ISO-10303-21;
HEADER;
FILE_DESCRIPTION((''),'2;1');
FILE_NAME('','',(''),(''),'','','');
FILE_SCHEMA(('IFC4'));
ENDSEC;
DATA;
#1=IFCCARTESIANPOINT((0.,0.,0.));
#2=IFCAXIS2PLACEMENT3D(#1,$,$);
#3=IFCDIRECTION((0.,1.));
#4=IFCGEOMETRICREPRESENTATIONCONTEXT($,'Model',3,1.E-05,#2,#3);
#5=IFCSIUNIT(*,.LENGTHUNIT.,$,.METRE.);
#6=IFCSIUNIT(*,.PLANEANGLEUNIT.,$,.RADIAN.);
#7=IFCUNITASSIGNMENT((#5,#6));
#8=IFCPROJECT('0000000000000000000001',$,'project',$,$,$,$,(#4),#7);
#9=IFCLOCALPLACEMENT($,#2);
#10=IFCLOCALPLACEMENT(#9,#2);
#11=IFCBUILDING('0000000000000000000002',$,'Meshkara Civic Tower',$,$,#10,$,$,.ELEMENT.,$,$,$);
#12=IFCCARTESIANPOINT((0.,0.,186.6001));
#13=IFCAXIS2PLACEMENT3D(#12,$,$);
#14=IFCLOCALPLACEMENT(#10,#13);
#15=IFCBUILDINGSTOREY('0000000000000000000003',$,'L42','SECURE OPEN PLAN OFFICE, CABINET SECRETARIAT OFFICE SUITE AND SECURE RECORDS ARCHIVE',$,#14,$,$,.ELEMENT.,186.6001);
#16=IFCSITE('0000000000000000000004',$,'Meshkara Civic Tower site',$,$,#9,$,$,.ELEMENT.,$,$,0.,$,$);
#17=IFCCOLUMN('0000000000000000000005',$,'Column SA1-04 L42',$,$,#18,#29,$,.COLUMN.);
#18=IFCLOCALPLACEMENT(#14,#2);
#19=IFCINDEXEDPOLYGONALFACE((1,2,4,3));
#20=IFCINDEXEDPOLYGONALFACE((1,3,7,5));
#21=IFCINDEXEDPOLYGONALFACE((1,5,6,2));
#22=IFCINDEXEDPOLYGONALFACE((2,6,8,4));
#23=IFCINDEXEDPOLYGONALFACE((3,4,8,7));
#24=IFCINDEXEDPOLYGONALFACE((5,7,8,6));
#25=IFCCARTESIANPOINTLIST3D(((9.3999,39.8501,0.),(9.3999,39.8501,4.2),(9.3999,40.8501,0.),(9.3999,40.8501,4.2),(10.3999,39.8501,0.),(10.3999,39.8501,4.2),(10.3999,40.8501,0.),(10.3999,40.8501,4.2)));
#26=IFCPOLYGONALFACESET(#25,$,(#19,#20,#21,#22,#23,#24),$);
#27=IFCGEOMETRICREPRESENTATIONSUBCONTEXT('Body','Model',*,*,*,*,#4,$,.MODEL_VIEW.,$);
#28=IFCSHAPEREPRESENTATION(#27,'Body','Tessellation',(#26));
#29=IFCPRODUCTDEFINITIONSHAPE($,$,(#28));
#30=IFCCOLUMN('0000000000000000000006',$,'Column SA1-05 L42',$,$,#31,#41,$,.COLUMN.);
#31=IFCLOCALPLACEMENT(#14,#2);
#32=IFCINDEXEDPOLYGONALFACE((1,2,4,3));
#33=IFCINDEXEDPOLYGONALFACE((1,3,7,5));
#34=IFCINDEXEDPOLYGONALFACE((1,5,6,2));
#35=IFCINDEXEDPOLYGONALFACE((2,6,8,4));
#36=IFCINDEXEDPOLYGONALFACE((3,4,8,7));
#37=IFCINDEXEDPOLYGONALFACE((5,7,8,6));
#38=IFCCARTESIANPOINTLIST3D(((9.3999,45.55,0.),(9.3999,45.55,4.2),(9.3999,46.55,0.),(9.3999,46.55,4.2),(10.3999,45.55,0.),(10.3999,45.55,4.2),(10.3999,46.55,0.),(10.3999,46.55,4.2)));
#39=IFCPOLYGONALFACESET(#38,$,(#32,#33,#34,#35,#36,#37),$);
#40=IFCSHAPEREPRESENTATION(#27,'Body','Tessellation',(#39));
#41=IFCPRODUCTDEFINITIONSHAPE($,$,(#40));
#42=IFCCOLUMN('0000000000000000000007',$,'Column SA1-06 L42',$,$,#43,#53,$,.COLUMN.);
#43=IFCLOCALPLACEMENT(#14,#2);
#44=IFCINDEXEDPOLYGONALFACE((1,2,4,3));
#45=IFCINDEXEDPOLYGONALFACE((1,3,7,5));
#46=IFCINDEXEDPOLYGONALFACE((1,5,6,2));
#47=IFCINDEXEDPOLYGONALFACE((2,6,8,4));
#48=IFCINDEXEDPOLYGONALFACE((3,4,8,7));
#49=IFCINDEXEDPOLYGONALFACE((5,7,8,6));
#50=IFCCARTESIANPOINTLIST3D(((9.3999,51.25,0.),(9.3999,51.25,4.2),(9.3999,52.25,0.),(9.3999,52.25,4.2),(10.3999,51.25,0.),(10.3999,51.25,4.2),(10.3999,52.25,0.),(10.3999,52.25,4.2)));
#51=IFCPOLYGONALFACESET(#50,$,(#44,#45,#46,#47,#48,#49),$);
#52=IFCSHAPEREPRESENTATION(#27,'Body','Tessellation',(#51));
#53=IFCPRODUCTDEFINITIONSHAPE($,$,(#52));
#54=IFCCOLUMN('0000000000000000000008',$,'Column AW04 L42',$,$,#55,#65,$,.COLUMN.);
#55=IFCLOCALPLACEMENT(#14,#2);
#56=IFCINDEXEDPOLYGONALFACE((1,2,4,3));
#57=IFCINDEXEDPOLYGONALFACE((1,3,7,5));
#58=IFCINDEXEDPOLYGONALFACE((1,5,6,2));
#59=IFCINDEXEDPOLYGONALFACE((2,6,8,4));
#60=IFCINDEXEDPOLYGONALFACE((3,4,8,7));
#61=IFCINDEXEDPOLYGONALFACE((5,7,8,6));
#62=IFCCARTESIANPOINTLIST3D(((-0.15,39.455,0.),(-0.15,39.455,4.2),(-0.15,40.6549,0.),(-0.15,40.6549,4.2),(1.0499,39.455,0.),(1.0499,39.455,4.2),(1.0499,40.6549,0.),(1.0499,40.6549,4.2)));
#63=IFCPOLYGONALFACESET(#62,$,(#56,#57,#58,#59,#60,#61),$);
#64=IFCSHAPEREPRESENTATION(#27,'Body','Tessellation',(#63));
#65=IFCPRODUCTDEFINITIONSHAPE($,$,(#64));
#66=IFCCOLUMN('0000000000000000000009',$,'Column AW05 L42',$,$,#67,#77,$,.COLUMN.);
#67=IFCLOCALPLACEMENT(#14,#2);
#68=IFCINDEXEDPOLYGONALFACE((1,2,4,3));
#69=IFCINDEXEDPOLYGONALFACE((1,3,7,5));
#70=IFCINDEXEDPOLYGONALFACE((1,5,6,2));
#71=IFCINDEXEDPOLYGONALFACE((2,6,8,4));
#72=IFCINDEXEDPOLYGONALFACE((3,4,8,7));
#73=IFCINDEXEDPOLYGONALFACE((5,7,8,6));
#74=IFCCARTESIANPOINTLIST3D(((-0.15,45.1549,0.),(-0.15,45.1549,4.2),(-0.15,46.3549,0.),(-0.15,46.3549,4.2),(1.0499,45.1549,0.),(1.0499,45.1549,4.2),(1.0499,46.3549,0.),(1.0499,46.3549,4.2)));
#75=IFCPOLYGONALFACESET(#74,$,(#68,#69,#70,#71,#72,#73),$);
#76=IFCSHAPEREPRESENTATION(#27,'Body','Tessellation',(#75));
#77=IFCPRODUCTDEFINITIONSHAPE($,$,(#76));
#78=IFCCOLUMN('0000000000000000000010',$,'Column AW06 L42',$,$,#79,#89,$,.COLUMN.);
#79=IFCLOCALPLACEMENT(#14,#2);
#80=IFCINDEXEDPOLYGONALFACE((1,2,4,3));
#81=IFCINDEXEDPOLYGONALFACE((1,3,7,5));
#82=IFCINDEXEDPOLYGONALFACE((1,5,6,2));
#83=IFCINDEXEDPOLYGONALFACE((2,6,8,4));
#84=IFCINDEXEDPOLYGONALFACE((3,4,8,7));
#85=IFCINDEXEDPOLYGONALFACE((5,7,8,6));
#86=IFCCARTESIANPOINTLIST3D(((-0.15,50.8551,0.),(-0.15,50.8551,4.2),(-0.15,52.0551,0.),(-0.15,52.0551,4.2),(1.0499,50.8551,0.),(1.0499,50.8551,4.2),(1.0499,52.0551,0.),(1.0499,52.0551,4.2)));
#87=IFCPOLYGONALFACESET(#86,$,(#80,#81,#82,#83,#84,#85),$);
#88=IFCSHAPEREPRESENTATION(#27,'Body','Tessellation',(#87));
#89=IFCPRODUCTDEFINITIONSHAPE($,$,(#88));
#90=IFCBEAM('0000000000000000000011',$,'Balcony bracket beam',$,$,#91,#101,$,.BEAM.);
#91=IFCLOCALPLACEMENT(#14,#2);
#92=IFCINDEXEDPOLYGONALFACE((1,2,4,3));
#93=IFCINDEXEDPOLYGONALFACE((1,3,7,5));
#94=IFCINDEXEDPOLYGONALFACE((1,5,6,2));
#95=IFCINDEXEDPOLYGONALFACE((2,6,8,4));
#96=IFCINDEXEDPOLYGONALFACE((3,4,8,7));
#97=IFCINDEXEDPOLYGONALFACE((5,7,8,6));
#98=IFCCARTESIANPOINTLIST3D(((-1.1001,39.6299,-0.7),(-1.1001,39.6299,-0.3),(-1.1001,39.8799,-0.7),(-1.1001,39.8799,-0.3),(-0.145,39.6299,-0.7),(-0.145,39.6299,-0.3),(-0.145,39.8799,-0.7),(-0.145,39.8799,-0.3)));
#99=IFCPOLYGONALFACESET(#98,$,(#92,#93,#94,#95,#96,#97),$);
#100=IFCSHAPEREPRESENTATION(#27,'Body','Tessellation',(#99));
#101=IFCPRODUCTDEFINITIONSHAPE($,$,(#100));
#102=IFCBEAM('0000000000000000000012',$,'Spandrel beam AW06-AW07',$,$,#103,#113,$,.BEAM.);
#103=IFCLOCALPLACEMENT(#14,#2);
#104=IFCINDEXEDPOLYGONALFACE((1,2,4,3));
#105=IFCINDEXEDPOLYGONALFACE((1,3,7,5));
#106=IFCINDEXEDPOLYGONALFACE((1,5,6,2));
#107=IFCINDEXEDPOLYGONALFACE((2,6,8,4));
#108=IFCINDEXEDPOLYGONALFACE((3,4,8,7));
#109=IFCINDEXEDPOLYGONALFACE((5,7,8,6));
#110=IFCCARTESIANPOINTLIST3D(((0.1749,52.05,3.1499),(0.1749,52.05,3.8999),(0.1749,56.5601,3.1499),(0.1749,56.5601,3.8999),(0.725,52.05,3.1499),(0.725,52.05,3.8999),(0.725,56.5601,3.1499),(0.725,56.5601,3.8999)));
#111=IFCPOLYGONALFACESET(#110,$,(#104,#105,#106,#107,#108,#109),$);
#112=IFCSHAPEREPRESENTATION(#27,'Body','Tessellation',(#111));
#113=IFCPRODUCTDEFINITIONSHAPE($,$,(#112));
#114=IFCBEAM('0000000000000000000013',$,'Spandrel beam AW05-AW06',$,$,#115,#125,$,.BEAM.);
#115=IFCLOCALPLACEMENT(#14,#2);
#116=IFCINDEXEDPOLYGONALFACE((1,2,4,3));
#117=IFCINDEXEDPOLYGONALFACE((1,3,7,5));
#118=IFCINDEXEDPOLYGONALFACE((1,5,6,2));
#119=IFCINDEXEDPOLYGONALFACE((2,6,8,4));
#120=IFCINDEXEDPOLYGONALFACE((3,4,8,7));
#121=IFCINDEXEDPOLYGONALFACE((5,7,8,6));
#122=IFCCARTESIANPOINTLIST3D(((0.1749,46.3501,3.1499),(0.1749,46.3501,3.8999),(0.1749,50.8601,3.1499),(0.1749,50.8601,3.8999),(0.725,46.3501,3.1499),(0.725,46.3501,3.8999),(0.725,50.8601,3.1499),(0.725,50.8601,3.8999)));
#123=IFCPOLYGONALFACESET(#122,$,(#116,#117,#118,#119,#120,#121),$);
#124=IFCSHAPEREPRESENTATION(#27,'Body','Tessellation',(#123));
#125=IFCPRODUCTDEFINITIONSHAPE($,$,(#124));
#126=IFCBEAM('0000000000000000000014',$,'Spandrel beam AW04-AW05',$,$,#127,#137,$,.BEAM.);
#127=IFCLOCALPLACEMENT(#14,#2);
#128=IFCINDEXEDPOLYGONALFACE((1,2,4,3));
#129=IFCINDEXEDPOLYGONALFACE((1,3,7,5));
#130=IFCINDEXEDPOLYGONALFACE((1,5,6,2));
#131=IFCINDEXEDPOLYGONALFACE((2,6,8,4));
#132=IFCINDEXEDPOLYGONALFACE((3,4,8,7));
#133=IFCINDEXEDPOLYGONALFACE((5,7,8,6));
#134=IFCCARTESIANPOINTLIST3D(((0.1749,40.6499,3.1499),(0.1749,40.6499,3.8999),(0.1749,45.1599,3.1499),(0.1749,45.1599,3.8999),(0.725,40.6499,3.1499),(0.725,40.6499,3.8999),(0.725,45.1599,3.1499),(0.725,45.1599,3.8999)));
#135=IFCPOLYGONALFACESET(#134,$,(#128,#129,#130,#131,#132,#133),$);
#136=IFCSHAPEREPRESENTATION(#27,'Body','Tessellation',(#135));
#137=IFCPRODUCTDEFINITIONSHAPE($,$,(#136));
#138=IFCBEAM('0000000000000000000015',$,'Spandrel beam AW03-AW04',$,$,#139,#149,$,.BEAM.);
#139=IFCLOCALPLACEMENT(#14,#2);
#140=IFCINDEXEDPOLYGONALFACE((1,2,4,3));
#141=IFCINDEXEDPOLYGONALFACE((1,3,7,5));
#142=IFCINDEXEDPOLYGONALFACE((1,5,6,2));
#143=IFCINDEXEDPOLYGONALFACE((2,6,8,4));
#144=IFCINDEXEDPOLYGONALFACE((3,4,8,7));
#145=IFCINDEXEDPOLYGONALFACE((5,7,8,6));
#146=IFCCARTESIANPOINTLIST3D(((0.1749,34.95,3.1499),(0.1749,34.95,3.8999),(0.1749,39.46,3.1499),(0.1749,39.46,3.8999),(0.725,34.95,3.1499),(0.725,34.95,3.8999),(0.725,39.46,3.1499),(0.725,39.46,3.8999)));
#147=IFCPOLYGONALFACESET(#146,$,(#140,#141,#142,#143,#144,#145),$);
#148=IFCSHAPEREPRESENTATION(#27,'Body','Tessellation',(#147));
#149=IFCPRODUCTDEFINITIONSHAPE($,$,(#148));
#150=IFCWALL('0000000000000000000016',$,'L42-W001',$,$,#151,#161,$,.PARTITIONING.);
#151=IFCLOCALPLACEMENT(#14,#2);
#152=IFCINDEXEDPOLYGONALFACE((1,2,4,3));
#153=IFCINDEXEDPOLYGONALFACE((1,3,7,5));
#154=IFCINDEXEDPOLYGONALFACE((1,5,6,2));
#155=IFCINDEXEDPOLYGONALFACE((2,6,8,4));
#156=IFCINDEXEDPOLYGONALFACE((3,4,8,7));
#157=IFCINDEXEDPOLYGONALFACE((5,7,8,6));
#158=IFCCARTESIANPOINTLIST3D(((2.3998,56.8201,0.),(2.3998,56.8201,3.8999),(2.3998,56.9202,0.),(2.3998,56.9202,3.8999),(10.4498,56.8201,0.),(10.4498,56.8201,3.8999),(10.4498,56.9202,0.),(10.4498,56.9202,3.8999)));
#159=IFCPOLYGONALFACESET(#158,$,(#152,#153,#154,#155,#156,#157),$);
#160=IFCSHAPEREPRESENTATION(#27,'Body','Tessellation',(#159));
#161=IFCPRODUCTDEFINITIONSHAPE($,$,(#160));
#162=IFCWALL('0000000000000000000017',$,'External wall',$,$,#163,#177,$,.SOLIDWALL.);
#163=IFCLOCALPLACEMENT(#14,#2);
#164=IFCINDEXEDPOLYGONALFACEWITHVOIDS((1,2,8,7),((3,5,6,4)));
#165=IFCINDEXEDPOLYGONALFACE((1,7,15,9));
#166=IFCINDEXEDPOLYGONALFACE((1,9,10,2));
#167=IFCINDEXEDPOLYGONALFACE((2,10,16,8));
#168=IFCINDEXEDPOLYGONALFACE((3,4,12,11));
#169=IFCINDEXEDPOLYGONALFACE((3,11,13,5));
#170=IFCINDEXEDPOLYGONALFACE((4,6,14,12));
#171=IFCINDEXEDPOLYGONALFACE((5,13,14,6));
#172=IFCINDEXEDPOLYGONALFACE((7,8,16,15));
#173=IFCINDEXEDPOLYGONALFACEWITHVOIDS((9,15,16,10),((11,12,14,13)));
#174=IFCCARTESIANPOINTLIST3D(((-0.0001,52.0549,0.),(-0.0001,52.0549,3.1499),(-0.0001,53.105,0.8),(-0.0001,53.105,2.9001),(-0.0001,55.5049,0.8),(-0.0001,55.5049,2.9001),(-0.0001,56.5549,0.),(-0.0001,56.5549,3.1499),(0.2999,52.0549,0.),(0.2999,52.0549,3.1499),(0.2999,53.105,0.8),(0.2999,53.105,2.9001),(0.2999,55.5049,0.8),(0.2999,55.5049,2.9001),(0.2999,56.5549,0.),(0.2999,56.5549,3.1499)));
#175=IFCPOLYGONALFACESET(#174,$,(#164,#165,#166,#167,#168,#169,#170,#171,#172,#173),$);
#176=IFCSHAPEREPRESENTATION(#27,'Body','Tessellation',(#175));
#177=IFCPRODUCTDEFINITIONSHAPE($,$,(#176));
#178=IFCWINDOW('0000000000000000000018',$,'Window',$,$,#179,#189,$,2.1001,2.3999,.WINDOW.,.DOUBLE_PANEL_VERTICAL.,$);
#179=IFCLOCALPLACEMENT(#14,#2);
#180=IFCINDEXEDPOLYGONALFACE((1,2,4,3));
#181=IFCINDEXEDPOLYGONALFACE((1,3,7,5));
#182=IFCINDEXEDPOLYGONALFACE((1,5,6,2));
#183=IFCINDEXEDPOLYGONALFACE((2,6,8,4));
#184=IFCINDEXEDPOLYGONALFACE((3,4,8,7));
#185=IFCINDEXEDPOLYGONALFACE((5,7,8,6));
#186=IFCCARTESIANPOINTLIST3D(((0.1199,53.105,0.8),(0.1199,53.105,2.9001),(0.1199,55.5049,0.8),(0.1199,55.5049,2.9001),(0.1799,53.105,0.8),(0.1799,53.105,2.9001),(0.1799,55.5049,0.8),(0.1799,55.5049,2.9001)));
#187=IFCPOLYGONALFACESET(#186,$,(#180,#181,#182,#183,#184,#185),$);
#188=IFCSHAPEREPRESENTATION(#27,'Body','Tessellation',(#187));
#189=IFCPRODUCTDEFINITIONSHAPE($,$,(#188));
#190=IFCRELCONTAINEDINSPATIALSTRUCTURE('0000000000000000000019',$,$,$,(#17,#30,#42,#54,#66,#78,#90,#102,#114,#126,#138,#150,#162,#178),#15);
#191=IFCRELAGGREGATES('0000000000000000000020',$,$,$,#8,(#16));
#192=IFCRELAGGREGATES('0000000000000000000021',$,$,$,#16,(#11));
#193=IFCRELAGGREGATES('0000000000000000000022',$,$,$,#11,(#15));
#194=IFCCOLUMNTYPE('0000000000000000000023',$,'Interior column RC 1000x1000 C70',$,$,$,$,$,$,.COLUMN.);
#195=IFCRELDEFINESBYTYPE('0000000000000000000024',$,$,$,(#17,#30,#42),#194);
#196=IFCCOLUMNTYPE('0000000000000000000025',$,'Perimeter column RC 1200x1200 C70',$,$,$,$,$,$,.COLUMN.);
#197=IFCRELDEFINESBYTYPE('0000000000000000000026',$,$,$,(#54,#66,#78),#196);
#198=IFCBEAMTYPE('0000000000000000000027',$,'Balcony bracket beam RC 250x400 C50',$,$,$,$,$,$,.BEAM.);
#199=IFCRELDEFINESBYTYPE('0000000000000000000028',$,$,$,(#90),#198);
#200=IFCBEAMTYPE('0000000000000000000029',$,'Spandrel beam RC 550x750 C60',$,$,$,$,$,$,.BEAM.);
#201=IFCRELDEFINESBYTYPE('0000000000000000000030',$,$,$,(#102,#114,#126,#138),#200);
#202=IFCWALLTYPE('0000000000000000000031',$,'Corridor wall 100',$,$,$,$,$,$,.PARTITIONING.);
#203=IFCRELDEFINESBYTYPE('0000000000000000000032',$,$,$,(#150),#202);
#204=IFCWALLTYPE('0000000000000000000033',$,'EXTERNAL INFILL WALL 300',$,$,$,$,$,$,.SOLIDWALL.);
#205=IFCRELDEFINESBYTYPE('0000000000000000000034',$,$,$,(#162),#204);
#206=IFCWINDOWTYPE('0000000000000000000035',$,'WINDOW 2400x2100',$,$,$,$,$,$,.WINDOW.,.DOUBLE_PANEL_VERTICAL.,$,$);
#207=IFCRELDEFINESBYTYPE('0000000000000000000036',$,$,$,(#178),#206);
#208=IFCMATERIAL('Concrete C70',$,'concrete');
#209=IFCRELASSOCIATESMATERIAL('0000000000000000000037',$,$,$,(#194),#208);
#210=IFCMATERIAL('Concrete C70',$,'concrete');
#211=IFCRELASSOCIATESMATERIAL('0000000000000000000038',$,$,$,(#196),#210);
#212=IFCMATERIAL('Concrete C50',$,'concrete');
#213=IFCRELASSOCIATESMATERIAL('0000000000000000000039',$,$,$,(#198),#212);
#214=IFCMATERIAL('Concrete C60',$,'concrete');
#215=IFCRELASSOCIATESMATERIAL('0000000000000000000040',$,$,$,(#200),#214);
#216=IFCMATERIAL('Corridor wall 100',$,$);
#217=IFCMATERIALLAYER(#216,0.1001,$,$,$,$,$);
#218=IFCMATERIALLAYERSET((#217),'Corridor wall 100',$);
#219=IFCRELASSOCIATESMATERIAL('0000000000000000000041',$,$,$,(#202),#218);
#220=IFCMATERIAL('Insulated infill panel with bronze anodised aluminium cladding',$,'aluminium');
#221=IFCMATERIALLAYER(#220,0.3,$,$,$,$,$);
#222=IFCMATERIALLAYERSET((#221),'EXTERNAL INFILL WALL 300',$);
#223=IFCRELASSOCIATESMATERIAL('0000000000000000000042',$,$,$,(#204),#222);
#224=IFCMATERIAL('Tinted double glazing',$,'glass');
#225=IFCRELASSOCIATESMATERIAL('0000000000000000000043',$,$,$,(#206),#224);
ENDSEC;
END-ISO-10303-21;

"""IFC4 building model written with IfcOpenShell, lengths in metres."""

from ifc_helpers import new_model, si_unit, direction, frame, frame_2d, origin, origin_2d, place, context, subcontext, project, spatial, rectangle, extrude, material, layer, layer_set, material_profile, profile_set, type_object, element, fill, save


model = new_model("IFC4")

# Units and contexts
model_context = context("Model", 3, precision=1e-05, world=origin(), true_north=direction((0.0, 1.0)))
body_context = subcontext(model_context, "Body", "Model", "MODEL_VIEW")
ifc_project = project(units=[si_unit("LENGTHUNIT", "METRE"), si_unit("PLANEANGLEUNIT", "RADIAN")], contexts=[model_context])

# Site, building, storey
site_placement = place(None, origin())
site = spatial("IfcSite", under=ifc_project, at=site_placement, Name="Meshkara Civic Tower site", CompositionType="ELEMENT", RefElevation=0.0)
building_placement = place(site_placement, origin())
building = spatial("IfcBuilding", under=site, at=building_placement, Name="Meshkara Civic Tower", CompositionType="ELEMENT")
storey_placement = place(building_placement, frame((0.0, 0.0, 186.6001)))
storey = spatial("IfcBuildingStorey", under=building, at=storey_placement, Name="L42", Description="SECURE OPEN PLAN OFFICE, CABINET SECRETARIAT OFFICE SUITE AND SECURE RECORDS ARCHIVE", CompositionType="ELEMENT", Elevation=186.6001)

# Columns
ifc_material_1 = material(Name="Concrete C70", Category="concrete")
ifc_material_profile_1 = material_profile(ifc_material_1, rectangle(XDim=1.0, YDim=1.0, at=origin_2d()))
ifc_profile_set_1 = profile_set([ifc_material_profile_1], Name="Concrete C70")
column_type_1 = type_object("IfcColumnType", Name="Interior column RC 1000x1000 C70", PredefinedType="COLUMN", material=ifc_profile_set_1)
for number, where, z_axis, x_axis, name in (
    (1, (9.8999, 40.3501, 0.0), (0.0, 0.0, 1.0), (1.0, 0.0, 0.0), "Column SA1-04 L42"),
    (2, (9.8999, 46.05, 0.0), (0.0, 0.0, 1.0), (1.0, 0.0, 0.0), "Column SA1-05 L42"),
    (3, (9.8999, 51.75, 0.0), (0.0, 0.0, 1.0), (1.0, 0.0, 0.0), "Column SA1-06 L42"),
):
    element("IfcColumn", number, at=place(storey_placement, frame(where, z_axis=z_axis, x_axis=x_axis)), inside=storey, type_object=column_type_1, Name=name, PredefinedType="COLUMN", context=body_context, shape_type="SweptSolid", body=[
        extrude(rectangle(XDim=1.0, YDim=1.0, at=origin_2d()), origin(), (0.0, 0.0, 1.0), 4.2),
    ])
ifc_material_2 = material(Name="Concrete C70", Category="concrete")
ifc_material_profile_2 = material_profile(ifc_material_2, rectangle(XDim=1.2, YDim=1.2, at=origin_2d()))
ifc_profile_set_2 = profile_set([ifc_material_profile_2], Name="Concrete C70")
column_type_2 = type_object("IfcColumnType", Name="Perimeter column RC 1200x1200 C70", PredefinedType="COLUMN", material=ifc_profile_set_2)
for number, where, z_axis, x_axis, name in (
    (4, (0.45, 40.0549, 0.0), (0.0, 0.0, 1.0), (1.0, 0.0, 0.0), "Column AW04 L42"),
    (5, (0.45, 45.7549, 0.0), (0.0, 0.0, 1.0), (1.0, 0.0, 0.0), "Column AW05 L42"),
    (6, (0.45, 51.4551, 0.0), (0.0, 0.0, 1.0), (1.0, 0.0, 0.0), "Column AW06 L42"),
):
    element("IfcColumn", number, at=place(storey_placement, frame(where, z_axis=z_axis, x_axis=x_axis)), inside=storey, type_object=column_type_2, Name=name, PredefinedType="COLUMN", context=body_context, shape_type="SweptSolid", body=[
        extrude(rectangle(XDim=1.2, YDim=1.2, at=origin_2d()), origin(), (0.0, 0.0, 1.0), 4.2),
    ])

# Beams
ifc_material_3 = material(Name="Concrete C50", Category="concrete")
ifc_material_profile_3 = material_profile(ifc_material_3, rectangle(XDim=0.25, YDim=0.3999, at=origin_2d()))
ifc_profile_set_3 = profile_set([ifc_material_profile_3], Name="Concrete C50")
beam_type_1 = type_object("IfcBeamType", Name="Balcony bracket beam RC 250x400 C50", PredefinedType="BEAM", material=ifc_profile_set_3)
beam_placement = place(storey_placement, frame((-0.145, 39.7549, -0.5), z_axis=(-1.0, 0.0, 0.0), x_axis=(0.0, -1.0, 0.0)))
element("IfcBeam", 7, at=beam_placement, inside=storey, type_object=beam_type_1, Name="Balcony bracket beam", PredefinedType="BEAM", context=body_context, shape_type="SweptSolid", body=[
    extrude(rectangle(XDim=0.25, YDim=0.3999, at=origin_2d()), origin(), (0.0, 0.0, 1.0), 0.9551),
])
ifc_material_4 = material(Name="Concrete C60", Category="concrete")
ifc_material_profile_4 = material_profile(ifc_material_4, rectangle(XDim=0.55, YDim=0.75, at=origin_2d()))
ifc_profile_set_4 = profile_set([ifc_material_profile_4], Name="Concrete C60")
beam_type_2 = type_object("IfcBeamType", Name="Spandrel beam RC 550x750 C60", PredefinedType="BEAM", material=ifc_profile_set_4)
for number, where, z_axis, x_axis, name in (
    (8, (0.45, 56.5601, 3.5249), (0.0, -1.0, 0.0), (1.0, 0.0, 0.0), "Spandrel beam AW06-AW07"),
    (9, (0.45, 50.8601, 3.5249), (0.0, -1.0, 0.0), (1.0, 0.0, 0.0), "Spandrel beam AW05-AW06"),
    (10, (0.45, 45.1599, 3.5249), (0.0, -1.0, 0.0), (1.0, 0.0, 0.0), "Spandrel beam AW04-AW05"),
    (11, (0.45, 39.46, 3.5249), (0.0, -1.0, 0.0), (1.0, 0.0, 0.0), "Spandrel beam AW03-AW04"),
):
    element("IfcBeam", number, at=place(storey_placement, frame(where, z_axis=z_axis, x_axis=x_axis)), inside=storey, type_object=beam_type_2, Name=name, PredefinedType="BEAM", context=body_context, shape_type="SweptSolid", body=[
        extrude(rectangle(XDim=0.55, YDim=0.75, at=origin_2d()), origin(), (0.0, 0.0, 1.0), 4.51),
    ])

# Wall
ifc_material_5 = material(Name="Corridor wall 100")
ifc_layer_1 = layer(ifc_material_5, 0.1001)
ifc_layer_set_1 = layer_set([ifc_layer_1], Name="Corridor wall 100")
wall_type_1 = type_object("IfcWallType", Name="Corridor wall 100", PredefinedType="PARTITIONING", material=ifc_layer_set_1)
wall_1_placement = place(storey_placement, frame((2.3999, 56.8701, 0.0), z_axis=(0.0, 0.0, 1.0), x_axis=(1.0, 0.0, 0.0)))
element("IfcWall", 12, at=wall_1_placement, inside=storey, type_object=wall_type_1, Name="L42-W001", PredefinedType="PARTITIONING", context=body_context, shape_type="SweptSolid", body=[
    extrude(rectangle(XDim=8.05, YDim=0.1001, at=frame_2d((4.0249, 0.0))), origin(), (0.0, 0.0, 1.0), 3.8999),
])

# Wall, opening, window
ifc_material_6 = material(Name="Insulated infill panel with bronze anodised aluminium cladding", Category="aluminium")
ifc_layer_2 = layer(ifc_material_6, 0.3)
ifc_layer_set_2 = layer_set([ifc_layer_2], Name="EXTERNAL INFILL WALL 300")
wall_type_2 = type_object("IfcWallType", Name="EXTERNAL INFILL WALL 300", PredefinedType="SOLIDWALL", material=ifc_layer_set_2)
wall_2_placement = place(storey_placement, frame((0.1499, 56.5549, 0.0), z_axis=(0.0, 0.0, 1.0), x_axis=(0.0, -1.0, 0.0)))
wall_2 = element("IfcWall", 13, at=wall_2_placement, inside=storey, type_object=wall_type_2, Name="External wall", PredefinedType="SOLIDWALL", context=body_context, shape_type="SweptSolid", body=[
    extrude(rectangle(XDim=4.5, YDim=0.3, at=frame_2d((2.25, 0.0))), origin(), (0.0, 0.0, 1.0), 3.1499),
])
opening_1_placement = place(wall_2_placement, frame((1.05, 0.0, 0.8)))
opening_1 = element("IfcOpeningElement", 14, at=opening_1_placement, cuts=wall_2, PredefinedType="OPENING", context=body_context, shape_type="SweptSolid", body=[
    extrude(rectangle(XDim=2.3999, YDim=2.1001, at=frame_2d((1.2, 1.05))), frame((0.0, 0.1599, 0.0), z_axis=(0.0, -1.0, 0.0), x_axis=(1.0, 0.0, 0.0)), (0.0, 0.0, 1.0), 0.3201),
])
ifc_material_7 = material(Name="Tinted double glazing", Category="glass")
window_type = type_object("IfcWindowType", Name="WINDOW 2400x2100", PartitioningType="DOUBLE_PANEL_VERTICAL", PredefinedType="WINDOW", material=ifc_material_7)
window_1_placement = place(opening_1_placement, origin())
window_1 = element("IfcWindow", 15, at=window_1_placement, inside=storey, type_object=window_type, Name="Window", OverallHeight=2.1001, OverallWidth=2.3999, PartitioningType="DOUBLE_PANEL_VERTICAL", PredefinedType="WINDOW", context=body_context, shape_type="SweptSolid", body=[
    extrude(rectangle(XDim=2.3999, YDim=2.1001, at=frame_2d((1.2, 1.05))), frame((0.0, 0.03, 0.0), z_axis=(0.0, -1.0, 0.0), x_axis=(1.0, 0.0, 0.0)), (0.0, 0.0, 1.0), 0.0601),
])
fill(opening_1, window_1)

save(model, "model.ifc")
